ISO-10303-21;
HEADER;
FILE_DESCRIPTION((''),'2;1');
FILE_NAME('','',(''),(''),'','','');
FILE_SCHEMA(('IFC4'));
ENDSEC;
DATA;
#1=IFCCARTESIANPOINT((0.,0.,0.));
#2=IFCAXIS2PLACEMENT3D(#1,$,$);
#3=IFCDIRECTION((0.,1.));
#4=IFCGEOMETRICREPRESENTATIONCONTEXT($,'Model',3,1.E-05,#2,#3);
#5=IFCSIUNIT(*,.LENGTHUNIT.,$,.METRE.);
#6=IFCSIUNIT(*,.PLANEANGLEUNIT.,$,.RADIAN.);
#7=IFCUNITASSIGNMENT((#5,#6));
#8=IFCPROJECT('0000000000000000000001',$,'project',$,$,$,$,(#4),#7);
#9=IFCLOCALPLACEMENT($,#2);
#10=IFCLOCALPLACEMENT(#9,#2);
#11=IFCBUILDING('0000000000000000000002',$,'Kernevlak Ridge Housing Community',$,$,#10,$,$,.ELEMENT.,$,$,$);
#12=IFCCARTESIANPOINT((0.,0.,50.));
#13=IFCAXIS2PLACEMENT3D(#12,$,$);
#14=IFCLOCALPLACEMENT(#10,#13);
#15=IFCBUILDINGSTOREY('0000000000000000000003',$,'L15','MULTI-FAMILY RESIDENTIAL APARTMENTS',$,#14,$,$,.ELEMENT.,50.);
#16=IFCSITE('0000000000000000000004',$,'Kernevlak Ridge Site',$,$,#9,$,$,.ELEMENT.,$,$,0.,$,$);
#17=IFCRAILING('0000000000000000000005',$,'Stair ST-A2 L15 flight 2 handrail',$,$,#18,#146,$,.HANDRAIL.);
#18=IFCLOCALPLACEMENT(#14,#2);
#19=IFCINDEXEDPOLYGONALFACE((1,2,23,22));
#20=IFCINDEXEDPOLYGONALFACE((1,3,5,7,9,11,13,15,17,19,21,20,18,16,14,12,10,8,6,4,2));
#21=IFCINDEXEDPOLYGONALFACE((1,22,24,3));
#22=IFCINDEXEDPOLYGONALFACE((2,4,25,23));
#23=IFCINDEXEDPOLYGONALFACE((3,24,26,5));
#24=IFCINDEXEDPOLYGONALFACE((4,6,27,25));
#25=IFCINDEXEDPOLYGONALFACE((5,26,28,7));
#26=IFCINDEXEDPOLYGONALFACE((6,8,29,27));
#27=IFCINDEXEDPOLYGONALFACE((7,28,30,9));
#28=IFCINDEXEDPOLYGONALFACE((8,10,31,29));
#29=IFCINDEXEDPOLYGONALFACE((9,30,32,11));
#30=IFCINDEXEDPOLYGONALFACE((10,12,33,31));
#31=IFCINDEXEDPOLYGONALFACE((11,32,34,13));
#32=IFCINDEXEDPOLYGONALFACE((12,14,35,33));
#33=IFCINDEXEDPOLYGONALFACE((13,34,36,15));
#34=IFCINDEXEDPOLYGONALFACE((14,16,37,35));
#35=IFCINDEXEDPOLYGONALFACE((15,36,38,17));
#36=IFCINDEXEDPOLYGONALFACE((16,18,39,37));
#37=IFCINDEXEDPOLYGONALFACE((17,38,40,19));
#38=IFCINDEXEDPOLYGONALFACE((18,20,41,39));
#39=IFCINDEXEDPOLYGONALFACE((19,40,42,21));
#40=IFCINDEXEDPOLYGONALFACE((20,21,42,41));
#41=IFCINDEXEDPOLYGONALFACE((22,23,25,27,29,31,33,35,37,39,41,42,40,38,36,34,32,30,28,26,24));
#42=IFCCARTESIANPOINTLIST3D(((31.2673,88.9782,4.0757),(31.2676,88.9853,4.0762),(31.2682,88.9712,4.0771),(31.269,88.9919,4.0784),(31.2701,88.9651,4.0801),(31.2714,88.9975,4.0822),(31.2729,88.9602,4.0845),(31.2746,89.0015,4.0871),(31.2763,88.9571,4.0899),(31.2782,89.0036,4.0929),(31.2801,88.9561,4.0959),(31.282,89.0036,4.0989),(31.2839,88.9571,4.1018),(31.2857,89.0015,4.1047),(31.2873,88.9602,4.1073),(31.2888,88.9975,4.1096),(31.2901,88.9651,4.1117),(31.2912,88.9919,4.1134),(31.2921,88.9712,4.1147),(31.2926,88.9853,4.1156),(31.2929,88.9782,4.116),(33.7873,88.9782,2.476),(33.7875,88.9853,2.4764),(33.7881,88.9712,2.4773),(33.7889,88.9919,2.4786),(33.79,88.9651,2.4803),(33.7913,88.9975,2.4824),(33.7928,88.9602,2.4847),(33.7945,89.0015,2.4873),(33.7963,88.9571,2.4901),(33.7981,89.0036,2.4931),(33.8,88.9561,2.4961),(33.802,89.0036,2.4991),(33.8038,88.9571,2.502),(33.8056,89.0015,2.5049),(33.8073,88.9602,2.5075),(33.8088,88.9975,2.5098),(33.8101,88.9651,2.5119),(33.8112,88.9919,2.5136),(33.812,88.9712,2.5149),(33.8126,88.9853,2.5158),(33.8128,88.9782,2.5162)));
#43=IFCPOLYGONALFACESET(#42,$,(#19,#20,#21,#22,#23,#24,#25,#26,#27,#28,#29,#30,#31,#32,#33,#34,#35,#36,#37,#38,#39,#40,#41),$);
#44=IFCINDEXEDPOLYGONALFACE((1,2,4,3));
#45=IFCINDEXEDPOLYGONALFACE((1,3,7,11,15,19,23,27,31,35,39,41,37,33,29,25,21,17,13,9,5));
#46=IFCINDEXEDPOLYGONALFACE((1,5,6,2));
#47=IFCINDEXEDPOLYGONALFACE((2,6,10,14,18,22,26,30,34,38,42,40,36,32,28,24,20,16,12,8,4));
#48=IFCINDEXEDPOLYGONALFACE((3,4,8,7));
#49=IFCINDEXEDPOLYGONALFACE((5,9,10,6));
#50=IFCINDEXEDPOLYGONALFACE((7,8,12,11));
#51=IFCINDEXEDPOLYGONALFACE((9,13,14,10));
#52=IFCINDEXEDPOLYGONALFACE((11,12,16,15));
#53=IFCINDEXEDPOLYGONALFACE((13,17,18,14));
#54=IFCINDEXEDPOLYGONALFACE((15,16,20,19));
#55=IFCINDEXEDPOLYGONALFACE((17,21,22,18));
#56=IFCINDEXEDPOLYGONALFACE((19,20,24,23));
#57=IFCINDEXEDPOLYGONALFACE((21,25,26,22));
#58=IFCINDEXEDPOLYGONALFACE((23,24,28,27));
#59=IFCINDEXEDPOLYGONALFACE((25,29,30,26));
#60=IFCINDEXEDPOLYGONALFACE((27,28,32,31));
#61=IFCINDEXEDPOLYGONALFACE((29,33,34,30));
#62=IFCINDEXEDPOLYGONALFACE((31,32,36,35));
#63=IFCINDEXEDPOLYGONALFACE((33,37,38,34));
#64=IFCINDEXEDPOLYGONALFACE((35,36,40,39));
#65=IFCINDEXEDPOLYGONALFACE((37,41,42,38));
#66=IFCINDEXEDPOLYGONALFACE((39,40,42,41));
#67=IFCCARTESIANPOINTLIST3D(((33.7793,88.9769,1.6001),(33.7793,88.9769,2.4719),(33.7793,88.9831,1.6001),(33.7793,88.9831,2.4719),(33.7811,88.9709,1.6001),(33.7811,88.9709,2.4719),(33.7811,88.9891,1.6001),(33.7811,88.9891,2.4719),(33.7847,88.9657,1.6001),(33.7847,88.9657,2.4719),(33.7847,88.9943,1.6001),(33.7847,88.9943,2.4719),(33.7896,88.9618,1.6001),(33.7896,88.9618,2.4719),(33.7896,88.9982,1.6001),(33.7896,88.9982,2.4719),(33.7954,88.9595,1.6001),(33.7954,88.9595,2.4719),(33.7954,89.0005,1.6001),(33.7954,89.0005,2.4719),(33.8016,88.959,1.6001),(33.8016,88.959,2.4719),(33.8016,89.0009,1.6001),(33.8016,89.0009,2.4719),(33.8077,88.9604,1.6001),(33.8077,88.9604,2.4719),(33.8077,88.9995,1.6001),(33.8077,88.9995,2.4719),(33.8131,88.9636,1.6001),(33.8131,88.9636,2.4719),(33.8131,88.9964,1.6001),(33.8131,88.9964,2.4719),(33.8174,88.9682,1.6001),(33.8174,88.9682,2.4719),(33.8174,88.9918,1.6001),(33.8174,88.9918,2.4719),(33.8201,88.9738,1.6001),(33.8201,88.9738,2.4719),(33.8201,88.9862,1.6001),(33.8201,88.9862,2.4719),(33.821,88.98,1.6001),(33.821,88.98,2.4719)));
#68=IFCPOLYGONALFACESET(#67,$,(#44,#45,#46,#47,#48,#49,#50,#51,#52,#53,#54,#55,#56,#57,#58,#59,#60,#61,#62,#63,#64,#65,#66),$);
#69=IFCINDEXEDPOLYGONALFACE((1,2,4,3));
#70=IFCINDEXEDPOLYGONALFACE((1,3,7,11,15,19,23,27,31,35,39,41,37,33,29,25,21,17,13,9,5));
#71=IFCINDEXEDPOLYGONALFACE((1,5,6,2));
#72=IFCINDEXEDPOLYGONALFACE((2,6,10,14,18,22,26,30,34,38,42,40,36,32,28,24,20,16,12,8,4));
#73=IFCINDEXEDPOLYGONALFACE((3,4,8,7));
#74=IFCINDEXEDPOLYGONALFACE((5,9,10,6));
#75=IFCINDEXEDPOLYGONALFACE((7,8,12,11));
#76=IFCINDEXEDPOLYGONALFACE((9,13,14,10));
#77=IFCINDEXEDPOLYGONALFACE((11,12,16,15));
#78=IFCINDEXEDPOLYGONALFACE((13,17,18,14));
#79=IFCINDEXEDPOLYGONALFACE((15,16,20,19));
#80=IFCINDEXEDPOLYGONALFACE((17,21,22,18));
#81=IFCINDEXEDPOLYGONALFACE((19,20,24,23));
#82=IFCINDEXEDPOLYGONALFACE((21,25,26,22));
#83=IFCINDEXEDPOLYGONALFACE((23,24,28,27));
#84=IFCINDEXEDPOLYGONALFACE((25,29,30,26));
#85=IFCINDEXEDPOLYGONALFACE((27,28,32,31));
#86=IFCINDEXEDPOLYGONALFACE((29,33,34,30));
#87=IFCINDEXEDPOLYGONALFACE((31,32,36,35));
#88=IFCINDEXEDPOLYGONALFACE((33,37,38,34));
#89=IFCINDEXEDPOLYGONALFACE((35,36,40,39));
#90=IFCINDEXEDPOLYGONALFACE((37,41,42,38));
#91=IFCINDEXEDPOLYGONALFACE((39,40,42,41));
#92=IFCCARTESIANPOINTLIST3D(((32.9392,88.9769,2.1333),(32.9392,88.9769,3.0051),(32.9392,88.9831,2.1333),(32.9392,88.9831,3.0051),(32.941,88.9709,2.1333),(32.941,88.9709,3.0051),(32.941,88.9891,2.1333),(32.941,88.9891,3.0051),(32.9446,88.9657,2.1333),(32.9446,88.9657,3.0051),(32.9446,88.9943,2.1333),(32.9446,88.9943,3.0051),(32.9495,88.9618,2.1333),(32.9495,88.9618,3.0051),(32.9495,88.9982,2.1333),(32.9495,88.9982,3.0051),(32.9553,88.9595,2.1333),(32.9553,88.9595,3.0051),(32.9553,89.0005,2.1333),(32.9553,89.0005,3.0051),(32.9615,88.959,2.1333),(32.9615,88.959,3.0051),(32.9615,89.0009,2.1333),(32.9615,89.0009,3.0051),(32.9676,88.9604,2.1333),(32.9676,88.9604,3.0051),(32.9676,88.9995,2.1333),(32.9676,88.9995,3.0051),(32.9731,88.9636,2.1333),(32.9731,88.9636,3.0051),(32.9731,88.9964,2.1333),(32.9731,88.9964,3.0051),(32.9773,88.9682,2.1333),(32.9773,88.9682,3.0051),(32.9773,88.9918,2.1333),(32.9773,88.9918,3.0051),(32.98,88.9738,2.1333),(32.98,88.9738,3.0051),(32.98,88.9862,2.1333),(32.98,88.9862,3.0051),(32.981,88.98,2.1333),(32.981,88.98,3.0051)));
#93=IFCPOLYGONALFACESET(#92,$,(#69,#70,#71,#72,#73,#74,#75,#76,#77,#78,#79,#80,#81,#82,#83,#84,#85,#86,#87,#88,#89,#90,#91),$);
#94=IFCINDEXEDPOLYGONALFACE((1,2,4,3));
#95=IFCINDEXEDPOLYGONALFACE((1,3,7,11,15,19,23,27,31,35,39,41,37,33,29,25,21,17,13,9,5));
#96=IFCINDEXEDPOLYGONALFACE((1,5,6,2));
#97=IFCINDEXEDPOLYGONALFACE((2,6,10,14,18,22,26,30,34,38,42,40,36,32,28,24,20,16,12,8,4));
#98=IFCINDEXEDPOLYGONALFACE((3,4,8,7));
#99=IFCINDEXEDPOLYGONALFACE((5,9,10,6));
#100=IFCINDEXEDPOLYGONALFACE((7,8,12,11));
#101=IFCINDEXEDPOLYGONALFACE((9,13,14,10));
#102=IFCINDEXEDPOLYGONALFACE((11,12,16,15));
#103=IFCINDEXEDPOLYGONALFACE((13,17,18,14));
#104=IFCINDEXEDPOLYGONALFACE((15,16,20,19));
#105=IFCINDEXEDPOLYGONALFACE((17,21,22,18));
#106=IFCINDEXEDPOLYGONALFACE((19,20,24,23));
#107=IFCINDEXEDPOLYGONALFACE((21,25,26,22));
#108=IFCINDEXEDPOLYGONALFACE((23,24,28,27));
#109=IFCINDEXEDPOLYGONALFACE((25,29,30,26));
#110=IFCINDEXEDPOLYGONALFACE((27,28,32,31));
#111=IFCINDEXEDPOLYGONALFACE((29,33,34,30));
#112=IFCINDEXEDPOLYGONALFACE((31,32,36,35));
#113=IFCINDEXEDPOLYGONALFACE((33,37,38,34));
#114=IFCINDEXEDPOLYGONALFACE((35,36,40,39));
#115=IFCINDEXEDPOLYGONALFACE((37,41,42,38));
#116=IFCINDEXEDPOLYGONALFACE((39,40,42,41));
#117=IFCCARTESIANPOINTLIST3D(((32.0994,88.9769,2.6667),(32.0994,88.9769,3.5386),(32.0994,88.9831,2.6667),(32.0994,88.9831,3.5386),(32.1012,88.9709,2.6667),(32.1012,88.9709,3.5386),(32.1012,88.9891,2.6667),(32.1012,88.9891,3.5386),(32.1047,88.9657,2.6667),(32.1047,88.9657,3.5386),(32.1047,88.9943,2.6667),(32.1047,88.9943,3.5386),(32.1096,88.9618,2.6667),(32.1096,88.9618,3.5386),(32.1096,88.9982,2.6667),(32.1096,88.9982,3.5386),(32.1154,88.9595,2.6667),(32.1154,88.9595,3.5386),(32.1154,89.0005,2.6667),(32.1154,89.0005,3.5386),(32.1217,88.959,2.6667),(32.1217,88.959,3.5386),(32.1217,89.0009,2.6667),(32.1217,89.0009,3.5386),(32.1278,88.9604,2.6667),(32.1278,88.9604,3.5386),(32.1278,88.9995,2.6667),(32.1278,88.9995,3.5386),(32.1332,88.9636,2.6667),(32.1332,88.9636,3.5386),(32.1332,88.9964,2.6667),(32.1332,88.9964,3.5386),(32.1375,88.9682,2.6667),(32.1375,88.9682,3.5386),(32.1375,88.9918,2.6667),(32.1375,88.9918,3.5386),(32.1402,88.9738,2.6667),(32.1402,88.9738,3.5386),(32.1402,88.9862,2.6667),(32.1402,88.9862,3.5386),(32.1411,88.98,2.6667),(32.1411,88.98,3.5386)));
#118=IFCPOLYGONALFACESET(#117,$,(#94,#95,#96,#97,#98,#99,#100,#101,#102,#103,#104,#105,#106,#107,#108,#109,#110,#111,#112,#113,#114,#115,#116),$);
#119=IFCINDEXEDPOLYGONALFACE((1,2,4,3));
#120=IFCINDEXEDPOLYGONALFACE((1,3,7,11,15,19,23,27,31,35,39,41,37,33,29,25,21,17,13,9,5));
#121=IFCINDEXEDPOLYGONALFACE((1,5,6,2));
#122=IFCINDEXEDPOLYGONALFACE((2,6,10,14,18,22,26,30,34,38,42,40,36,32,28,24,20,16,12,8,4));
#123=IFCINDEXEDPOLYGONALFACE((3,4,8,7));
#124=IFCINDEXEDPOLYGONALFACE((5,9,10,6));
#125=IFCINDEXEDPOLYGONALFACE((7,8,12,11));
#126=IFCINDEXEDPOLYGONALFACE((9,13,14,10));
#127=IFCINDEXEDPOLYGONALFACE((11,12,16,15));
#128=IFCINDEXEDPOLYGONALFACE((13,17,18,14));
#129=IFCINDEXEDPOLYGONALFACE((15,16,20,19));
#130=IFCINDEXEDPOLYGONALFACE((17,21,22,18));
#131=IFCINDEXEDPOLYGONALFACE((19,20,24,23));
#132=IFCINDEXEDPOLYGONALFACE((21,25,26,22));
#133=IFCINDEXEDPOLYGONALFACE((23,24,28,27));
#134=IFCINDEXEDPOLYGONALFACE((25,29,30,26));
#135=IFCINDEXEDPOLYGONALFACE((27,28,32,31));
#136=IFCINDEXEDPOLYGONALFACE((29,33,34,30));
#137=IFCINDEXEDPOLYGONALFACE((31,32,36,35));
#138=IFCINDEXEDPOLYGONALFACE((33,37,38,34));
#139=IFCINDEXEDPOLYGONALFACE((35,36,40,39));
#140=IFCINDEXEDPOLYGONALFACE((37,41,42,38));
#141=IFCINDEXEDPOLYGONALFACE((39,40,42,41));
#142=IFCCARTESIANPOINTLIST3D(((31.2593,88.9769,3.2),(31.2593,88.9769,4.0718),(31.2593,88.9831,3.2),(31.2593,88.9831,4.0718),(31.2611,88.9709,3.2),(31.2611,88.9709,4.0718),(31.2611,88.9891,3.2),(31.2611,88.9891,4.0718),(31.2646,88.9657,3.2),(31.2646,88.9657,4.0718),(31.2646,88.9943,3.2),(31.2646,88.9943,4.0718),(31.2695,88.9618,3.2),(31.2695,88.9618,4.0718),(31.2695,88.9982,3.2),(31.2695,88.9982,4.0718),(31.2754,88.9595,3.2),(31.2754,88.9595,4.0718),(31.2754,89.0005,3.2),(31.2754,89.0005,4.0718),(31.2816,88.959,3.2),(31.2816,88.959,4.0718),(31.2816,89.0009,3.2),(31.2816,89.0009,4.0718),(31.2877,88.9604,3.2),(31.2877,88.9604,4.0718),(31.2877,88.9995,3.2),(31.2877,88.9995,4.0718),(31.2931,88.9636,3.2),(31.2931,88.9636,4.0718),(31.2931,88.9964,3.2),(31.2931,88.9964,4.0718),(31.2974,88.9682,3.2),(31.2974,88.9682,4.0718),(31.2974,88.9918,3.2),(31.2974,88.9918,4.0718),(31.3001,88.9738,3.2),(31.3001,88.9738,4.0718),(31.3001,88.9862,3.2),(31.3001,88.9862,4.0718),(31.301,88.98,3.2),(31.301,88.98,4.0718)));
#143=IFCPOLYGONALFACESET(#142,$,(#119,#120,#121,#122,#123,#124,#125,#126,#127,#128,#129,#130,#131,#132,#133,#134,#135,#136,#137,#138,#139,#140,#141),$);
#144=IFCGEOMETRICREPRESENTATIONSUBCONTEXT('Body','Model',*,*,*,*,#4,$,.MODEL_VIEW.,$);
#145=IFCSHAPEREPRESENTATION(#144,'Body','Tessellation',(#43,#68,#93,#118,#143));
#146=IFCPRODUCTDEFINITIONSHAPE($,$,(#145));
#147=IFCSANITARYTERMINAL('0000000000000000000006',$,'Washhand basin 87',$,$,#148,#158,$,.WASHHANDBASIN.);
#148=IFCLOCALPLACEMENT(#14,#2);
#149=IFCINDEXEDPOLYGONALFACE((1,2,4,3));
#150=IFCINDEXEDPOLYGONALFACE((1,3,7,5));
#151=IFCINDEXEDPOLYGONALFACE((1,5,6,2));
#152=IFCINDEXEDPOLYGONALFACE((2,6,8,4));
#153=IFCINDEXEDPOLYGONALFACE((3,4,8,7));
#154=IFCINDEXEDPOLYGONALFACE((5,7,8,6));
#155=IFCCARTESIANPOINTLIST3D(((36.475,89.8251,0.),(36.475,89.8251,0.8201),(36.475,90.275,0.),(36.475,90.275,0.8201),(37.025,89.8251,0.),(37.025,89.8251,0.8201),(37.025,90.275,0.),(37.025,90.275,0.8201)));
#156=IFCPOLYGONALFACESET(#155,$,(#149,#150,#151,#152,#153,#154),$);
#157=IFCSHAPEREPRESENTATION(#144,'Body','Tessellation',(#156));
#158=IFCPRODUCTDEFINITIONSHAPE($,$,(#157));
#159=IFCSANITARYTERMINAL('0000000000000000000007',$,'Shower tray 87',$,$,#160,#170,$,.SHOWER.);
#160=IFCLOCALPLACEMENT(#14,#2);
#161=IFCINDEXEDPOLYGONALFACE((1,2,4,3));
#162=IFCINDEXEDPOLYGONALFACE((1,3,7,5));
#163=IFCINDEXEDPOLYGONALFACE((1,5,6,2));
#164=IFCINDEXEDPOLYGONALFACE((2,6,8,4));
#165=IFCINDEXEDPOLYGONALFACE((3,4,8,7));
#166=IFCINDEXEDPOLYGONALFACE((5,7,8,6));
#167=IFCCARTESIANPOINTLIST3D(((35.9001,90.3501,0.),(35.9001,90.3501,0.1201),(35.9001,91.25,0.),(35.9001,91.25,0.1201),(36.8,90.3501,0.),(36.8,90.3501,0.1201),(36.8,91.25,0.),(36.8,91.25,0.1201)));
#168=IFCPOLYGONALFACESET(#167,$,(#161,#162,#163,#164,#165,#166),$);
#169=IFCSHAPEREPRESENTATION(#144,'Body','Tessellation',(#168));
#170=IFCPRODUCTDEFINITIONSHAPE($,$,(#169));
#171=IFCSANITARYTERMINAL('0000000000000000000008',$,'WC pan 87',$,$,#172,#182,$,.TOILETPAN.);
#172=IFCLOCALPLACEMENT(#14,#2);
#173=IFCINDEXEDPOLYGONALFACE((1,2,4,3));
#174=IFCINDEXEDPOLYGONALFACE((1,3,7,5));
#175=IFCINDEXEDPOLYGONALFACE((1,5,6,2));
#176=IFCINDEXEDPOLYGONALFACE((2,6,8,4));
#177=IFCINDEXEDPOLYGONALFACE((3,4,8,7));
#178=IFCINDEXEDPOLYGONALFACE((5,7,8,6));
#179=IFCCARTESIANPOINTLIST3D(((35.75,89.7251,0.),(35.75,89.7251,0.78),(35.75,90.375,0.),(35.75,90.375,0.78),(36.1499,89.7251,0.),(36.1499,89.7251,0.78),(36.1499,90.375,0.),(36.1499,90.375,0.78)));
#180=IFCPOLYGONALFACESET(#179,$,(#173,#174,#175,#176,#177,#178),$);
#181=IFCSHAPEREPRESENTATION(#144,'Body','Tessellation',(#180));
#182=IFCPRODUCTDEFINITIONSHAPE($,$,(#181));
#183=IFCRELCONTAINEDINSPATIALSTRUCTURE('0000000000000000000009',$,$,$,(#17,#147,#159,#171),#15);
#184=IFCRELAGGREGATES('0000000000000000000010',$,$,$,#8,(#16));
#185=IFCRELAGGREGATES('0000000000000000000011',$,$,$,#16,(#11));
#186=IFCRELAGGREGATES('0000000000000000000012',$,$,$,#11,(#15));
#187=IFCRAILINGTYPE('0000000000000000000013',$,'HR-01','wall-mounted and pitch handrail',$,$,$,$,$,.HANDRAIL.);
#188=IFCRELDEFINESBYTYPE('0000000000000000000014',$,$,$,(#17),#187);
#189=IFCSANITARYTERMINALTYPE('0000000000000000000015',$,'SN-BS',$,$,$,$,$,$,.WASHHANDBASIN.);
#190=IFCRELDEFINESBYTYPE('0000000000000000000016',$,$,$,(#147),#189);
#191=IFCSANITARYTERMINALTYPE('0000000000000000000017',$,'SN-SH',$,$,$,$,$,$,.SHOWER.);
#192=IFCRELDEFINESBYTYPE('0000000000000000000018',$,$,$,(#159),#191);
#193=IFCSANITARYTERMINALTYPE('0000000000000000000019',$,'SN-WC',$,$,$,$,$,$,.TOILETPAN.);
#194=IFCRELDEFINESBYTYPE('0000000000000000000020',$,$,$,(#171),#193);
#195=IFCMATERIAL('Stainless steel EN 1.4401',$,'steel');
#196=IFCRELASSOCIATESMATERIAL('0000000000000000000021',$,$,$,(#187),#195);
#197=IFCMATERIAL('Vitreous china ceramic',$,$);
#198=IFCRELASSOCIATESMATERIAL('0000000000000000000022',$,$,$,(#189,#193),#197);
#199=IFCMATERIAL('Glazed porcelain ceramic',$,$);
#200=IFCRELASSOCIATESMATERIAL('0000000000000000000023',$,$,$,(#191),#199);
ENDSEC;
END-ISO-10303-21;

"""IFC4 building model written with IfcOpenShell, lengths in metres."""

from ifc_helpers import new_model, si_unit, direction, frame, origin, origin_2d, place, context, subcontext, project, spatial, rectangle, circle, extrude, material, type_object, element, save


model = new_model("IFC4")

# Units and contexts
model_context = context("Model", 3, precision=1e-05, world=origin(), true_north=direction((0.0, 1.0)))
body_context = subcontext(model_context, "Body", "Model", "MODEL_VIEW")
ifc_project = project(units=[si_unit("LENGTHUNIT", "METRE"), si_unit("PLANEANGLEUNIT", "RADIAN")], contexts=[model_context])

# Site, building, storey
site_placement = place(None, origin())
site = spatial("IfcSite", under=ifc_project, at=site_placement, Name="Kernevlak Ridge Site", CompositionType="ELEMENT", RefElevation=0.0)
building_placement = place(site_placement, origin())
building = spatial("IfcBuilding", under=site, at=building_placement, Name="Kernevlak Ridge Housing Community", CompositionType="ELEMENT")
storey_placement = place(building_placement, frame((0.0, 0.0, 50.0)))
storey = spatial("IfcBuildingStorey", under=building, at=storey_placement, Name="L15", Description="MULTI-FAMILY RESIDENTIAL APARTMENTS", CompositionType="ELEMENT", Elevation=50.0)

# Railing
ifc_material_1 = material(Name="Stainless steel EN 1.4401", Category="steel")
railing_type_1 = type_object("IfcRailingType", Name="HR-01", Description="wall-mounted and pitch handrail", PredefinedType="HANDRAIL", material=ifc_material_1)
railing_1_placement = place(storey_placement, frame((33.8, 88.98, 1.6001)))
element("IfcRailing", 1, at=railing_1_placement, inside=storey, type_object=railing_type_1, Name="Stair ST-A2 L15 flight 2 handrail", PredefinedType="HANDRAIL", context=body_context, shape_type="SweptSolid", body=[
    extrude(circle(Radius=0.0239, at=origin_2d()), frame((0.0, 0.0, 0.896), z_axis=(-0.844237, 0.0, 0.53597), x_axis=(0.0, -1.0, 0.0)), (0.0, 0.0, 1.0), 2.9849),
    extrude(circle(Radius=0.021, at=origin_2d()), origin(), (0.0, 0.0, 1.0), 0.8718),
    extrude(circle(Radius=0.021, at=origin_2d()), frame((-0.8401, 0.0, 0.5332)), (0.0, 0.0, 1.0), 0.8718),
    extrude(circle(Radius=0.021, at=origin_2d()), frame((-1.6799, 0.0, 1.0667)), (0.0, 0.0, 1.0), 0.8718),
    extrude(circle(Radius=0.021, at=origin_2d()), frame((-2.52, 0.0, 1.5999)), (0.0, 0.0, 1.0), 0.8718),
])

# Sanitary terminals
ifc_material_2 = material(Name="Vitreous china ceramic")
sanitary_terminal_type_1 = type_object("IfcSanitaryTerminalType", Name="SN-BS", PredefinedType="WASHHANDBASIN", material=ifc_material_2)
sanitary_terminal_1_placement = place(storey_placement, frame((36.75, 90.05, 0.0), z_axis=(0.0, 0.0, 1.0), x_axis=(1.0, 0.0, 0.0)))
element("IfcSanitaryTerminal", 2, at=sanitary_terminal_1_placement, inside=storey, type_object=sanitary_terminal_type_1, Name="Washhand basin 87", PredefinedType="WASHHANDBASIN", context=body_context, shape_type="SweptSolid", body=[
    extrude(rectangle(XDim=0.55, YDim=0.45, at=origin_2d()), origin(), (0.0, 0.0, 1.0), 0.8201),
])
ifc_material_3 = material(Name="Glazed porcelain ceramic")
sanitary_terminal_type_2 = type_object("IfcSanitaryTerminalType", Name="SN-SH", PredefinedType="SHOWER", material=ifc_material_3)
sanitary_terminal_2_placement = place(storey_placement, frame((36.3501, 90.8, 0.0), z_axis=(0.0, 0.0, 1.0), x_axis=(1.0, 0.0, 0.0)))
element("IfcSanitaryTerminal", 3, at=sanitary_terminal_2_placement, inside=storey, type_object=sanitary_terminal_type_2, Name="Shower tray 87", PredefinedType="SHOWER", context=body_context, shape_type="SweptSolid", body=[
    extrude(rectangle(XDim=0.8999, YDim=0.8999, at=origin_2d()), origin(), (0.0, 0.0, 1.0), 0.1201),
])
sanitary_terminal_type_3 = type_object("IfcSanitaryTerminalType", Name="SN-WC", PredefinedType="TOILETPAN", material=ifc_material_2)
sanitary_terminal_3_placement = place(storey_placement, frame((35.95, 90.05, 0.0), z_axis=(0.0, 0.0, 1.0), x_axis=(1.0, 0.0, 0.0)))
element("IfcSanitaryTerminal", 4, at=sanitary_terminal_3_placement, inside=storey, type_object=sanitary_terminal_type_3, Name="WC pan 87", PredefinedType="TOILETPAN", context=body_context, shape_type="SweptSolid", body=[
    extrude(rectangle(XDim=0.3999, YDim=0.6499, at=origin_2d()), origin(), (0.0, 0.0, 1.0), 0.78),
])

save(model, "model.ifc")
